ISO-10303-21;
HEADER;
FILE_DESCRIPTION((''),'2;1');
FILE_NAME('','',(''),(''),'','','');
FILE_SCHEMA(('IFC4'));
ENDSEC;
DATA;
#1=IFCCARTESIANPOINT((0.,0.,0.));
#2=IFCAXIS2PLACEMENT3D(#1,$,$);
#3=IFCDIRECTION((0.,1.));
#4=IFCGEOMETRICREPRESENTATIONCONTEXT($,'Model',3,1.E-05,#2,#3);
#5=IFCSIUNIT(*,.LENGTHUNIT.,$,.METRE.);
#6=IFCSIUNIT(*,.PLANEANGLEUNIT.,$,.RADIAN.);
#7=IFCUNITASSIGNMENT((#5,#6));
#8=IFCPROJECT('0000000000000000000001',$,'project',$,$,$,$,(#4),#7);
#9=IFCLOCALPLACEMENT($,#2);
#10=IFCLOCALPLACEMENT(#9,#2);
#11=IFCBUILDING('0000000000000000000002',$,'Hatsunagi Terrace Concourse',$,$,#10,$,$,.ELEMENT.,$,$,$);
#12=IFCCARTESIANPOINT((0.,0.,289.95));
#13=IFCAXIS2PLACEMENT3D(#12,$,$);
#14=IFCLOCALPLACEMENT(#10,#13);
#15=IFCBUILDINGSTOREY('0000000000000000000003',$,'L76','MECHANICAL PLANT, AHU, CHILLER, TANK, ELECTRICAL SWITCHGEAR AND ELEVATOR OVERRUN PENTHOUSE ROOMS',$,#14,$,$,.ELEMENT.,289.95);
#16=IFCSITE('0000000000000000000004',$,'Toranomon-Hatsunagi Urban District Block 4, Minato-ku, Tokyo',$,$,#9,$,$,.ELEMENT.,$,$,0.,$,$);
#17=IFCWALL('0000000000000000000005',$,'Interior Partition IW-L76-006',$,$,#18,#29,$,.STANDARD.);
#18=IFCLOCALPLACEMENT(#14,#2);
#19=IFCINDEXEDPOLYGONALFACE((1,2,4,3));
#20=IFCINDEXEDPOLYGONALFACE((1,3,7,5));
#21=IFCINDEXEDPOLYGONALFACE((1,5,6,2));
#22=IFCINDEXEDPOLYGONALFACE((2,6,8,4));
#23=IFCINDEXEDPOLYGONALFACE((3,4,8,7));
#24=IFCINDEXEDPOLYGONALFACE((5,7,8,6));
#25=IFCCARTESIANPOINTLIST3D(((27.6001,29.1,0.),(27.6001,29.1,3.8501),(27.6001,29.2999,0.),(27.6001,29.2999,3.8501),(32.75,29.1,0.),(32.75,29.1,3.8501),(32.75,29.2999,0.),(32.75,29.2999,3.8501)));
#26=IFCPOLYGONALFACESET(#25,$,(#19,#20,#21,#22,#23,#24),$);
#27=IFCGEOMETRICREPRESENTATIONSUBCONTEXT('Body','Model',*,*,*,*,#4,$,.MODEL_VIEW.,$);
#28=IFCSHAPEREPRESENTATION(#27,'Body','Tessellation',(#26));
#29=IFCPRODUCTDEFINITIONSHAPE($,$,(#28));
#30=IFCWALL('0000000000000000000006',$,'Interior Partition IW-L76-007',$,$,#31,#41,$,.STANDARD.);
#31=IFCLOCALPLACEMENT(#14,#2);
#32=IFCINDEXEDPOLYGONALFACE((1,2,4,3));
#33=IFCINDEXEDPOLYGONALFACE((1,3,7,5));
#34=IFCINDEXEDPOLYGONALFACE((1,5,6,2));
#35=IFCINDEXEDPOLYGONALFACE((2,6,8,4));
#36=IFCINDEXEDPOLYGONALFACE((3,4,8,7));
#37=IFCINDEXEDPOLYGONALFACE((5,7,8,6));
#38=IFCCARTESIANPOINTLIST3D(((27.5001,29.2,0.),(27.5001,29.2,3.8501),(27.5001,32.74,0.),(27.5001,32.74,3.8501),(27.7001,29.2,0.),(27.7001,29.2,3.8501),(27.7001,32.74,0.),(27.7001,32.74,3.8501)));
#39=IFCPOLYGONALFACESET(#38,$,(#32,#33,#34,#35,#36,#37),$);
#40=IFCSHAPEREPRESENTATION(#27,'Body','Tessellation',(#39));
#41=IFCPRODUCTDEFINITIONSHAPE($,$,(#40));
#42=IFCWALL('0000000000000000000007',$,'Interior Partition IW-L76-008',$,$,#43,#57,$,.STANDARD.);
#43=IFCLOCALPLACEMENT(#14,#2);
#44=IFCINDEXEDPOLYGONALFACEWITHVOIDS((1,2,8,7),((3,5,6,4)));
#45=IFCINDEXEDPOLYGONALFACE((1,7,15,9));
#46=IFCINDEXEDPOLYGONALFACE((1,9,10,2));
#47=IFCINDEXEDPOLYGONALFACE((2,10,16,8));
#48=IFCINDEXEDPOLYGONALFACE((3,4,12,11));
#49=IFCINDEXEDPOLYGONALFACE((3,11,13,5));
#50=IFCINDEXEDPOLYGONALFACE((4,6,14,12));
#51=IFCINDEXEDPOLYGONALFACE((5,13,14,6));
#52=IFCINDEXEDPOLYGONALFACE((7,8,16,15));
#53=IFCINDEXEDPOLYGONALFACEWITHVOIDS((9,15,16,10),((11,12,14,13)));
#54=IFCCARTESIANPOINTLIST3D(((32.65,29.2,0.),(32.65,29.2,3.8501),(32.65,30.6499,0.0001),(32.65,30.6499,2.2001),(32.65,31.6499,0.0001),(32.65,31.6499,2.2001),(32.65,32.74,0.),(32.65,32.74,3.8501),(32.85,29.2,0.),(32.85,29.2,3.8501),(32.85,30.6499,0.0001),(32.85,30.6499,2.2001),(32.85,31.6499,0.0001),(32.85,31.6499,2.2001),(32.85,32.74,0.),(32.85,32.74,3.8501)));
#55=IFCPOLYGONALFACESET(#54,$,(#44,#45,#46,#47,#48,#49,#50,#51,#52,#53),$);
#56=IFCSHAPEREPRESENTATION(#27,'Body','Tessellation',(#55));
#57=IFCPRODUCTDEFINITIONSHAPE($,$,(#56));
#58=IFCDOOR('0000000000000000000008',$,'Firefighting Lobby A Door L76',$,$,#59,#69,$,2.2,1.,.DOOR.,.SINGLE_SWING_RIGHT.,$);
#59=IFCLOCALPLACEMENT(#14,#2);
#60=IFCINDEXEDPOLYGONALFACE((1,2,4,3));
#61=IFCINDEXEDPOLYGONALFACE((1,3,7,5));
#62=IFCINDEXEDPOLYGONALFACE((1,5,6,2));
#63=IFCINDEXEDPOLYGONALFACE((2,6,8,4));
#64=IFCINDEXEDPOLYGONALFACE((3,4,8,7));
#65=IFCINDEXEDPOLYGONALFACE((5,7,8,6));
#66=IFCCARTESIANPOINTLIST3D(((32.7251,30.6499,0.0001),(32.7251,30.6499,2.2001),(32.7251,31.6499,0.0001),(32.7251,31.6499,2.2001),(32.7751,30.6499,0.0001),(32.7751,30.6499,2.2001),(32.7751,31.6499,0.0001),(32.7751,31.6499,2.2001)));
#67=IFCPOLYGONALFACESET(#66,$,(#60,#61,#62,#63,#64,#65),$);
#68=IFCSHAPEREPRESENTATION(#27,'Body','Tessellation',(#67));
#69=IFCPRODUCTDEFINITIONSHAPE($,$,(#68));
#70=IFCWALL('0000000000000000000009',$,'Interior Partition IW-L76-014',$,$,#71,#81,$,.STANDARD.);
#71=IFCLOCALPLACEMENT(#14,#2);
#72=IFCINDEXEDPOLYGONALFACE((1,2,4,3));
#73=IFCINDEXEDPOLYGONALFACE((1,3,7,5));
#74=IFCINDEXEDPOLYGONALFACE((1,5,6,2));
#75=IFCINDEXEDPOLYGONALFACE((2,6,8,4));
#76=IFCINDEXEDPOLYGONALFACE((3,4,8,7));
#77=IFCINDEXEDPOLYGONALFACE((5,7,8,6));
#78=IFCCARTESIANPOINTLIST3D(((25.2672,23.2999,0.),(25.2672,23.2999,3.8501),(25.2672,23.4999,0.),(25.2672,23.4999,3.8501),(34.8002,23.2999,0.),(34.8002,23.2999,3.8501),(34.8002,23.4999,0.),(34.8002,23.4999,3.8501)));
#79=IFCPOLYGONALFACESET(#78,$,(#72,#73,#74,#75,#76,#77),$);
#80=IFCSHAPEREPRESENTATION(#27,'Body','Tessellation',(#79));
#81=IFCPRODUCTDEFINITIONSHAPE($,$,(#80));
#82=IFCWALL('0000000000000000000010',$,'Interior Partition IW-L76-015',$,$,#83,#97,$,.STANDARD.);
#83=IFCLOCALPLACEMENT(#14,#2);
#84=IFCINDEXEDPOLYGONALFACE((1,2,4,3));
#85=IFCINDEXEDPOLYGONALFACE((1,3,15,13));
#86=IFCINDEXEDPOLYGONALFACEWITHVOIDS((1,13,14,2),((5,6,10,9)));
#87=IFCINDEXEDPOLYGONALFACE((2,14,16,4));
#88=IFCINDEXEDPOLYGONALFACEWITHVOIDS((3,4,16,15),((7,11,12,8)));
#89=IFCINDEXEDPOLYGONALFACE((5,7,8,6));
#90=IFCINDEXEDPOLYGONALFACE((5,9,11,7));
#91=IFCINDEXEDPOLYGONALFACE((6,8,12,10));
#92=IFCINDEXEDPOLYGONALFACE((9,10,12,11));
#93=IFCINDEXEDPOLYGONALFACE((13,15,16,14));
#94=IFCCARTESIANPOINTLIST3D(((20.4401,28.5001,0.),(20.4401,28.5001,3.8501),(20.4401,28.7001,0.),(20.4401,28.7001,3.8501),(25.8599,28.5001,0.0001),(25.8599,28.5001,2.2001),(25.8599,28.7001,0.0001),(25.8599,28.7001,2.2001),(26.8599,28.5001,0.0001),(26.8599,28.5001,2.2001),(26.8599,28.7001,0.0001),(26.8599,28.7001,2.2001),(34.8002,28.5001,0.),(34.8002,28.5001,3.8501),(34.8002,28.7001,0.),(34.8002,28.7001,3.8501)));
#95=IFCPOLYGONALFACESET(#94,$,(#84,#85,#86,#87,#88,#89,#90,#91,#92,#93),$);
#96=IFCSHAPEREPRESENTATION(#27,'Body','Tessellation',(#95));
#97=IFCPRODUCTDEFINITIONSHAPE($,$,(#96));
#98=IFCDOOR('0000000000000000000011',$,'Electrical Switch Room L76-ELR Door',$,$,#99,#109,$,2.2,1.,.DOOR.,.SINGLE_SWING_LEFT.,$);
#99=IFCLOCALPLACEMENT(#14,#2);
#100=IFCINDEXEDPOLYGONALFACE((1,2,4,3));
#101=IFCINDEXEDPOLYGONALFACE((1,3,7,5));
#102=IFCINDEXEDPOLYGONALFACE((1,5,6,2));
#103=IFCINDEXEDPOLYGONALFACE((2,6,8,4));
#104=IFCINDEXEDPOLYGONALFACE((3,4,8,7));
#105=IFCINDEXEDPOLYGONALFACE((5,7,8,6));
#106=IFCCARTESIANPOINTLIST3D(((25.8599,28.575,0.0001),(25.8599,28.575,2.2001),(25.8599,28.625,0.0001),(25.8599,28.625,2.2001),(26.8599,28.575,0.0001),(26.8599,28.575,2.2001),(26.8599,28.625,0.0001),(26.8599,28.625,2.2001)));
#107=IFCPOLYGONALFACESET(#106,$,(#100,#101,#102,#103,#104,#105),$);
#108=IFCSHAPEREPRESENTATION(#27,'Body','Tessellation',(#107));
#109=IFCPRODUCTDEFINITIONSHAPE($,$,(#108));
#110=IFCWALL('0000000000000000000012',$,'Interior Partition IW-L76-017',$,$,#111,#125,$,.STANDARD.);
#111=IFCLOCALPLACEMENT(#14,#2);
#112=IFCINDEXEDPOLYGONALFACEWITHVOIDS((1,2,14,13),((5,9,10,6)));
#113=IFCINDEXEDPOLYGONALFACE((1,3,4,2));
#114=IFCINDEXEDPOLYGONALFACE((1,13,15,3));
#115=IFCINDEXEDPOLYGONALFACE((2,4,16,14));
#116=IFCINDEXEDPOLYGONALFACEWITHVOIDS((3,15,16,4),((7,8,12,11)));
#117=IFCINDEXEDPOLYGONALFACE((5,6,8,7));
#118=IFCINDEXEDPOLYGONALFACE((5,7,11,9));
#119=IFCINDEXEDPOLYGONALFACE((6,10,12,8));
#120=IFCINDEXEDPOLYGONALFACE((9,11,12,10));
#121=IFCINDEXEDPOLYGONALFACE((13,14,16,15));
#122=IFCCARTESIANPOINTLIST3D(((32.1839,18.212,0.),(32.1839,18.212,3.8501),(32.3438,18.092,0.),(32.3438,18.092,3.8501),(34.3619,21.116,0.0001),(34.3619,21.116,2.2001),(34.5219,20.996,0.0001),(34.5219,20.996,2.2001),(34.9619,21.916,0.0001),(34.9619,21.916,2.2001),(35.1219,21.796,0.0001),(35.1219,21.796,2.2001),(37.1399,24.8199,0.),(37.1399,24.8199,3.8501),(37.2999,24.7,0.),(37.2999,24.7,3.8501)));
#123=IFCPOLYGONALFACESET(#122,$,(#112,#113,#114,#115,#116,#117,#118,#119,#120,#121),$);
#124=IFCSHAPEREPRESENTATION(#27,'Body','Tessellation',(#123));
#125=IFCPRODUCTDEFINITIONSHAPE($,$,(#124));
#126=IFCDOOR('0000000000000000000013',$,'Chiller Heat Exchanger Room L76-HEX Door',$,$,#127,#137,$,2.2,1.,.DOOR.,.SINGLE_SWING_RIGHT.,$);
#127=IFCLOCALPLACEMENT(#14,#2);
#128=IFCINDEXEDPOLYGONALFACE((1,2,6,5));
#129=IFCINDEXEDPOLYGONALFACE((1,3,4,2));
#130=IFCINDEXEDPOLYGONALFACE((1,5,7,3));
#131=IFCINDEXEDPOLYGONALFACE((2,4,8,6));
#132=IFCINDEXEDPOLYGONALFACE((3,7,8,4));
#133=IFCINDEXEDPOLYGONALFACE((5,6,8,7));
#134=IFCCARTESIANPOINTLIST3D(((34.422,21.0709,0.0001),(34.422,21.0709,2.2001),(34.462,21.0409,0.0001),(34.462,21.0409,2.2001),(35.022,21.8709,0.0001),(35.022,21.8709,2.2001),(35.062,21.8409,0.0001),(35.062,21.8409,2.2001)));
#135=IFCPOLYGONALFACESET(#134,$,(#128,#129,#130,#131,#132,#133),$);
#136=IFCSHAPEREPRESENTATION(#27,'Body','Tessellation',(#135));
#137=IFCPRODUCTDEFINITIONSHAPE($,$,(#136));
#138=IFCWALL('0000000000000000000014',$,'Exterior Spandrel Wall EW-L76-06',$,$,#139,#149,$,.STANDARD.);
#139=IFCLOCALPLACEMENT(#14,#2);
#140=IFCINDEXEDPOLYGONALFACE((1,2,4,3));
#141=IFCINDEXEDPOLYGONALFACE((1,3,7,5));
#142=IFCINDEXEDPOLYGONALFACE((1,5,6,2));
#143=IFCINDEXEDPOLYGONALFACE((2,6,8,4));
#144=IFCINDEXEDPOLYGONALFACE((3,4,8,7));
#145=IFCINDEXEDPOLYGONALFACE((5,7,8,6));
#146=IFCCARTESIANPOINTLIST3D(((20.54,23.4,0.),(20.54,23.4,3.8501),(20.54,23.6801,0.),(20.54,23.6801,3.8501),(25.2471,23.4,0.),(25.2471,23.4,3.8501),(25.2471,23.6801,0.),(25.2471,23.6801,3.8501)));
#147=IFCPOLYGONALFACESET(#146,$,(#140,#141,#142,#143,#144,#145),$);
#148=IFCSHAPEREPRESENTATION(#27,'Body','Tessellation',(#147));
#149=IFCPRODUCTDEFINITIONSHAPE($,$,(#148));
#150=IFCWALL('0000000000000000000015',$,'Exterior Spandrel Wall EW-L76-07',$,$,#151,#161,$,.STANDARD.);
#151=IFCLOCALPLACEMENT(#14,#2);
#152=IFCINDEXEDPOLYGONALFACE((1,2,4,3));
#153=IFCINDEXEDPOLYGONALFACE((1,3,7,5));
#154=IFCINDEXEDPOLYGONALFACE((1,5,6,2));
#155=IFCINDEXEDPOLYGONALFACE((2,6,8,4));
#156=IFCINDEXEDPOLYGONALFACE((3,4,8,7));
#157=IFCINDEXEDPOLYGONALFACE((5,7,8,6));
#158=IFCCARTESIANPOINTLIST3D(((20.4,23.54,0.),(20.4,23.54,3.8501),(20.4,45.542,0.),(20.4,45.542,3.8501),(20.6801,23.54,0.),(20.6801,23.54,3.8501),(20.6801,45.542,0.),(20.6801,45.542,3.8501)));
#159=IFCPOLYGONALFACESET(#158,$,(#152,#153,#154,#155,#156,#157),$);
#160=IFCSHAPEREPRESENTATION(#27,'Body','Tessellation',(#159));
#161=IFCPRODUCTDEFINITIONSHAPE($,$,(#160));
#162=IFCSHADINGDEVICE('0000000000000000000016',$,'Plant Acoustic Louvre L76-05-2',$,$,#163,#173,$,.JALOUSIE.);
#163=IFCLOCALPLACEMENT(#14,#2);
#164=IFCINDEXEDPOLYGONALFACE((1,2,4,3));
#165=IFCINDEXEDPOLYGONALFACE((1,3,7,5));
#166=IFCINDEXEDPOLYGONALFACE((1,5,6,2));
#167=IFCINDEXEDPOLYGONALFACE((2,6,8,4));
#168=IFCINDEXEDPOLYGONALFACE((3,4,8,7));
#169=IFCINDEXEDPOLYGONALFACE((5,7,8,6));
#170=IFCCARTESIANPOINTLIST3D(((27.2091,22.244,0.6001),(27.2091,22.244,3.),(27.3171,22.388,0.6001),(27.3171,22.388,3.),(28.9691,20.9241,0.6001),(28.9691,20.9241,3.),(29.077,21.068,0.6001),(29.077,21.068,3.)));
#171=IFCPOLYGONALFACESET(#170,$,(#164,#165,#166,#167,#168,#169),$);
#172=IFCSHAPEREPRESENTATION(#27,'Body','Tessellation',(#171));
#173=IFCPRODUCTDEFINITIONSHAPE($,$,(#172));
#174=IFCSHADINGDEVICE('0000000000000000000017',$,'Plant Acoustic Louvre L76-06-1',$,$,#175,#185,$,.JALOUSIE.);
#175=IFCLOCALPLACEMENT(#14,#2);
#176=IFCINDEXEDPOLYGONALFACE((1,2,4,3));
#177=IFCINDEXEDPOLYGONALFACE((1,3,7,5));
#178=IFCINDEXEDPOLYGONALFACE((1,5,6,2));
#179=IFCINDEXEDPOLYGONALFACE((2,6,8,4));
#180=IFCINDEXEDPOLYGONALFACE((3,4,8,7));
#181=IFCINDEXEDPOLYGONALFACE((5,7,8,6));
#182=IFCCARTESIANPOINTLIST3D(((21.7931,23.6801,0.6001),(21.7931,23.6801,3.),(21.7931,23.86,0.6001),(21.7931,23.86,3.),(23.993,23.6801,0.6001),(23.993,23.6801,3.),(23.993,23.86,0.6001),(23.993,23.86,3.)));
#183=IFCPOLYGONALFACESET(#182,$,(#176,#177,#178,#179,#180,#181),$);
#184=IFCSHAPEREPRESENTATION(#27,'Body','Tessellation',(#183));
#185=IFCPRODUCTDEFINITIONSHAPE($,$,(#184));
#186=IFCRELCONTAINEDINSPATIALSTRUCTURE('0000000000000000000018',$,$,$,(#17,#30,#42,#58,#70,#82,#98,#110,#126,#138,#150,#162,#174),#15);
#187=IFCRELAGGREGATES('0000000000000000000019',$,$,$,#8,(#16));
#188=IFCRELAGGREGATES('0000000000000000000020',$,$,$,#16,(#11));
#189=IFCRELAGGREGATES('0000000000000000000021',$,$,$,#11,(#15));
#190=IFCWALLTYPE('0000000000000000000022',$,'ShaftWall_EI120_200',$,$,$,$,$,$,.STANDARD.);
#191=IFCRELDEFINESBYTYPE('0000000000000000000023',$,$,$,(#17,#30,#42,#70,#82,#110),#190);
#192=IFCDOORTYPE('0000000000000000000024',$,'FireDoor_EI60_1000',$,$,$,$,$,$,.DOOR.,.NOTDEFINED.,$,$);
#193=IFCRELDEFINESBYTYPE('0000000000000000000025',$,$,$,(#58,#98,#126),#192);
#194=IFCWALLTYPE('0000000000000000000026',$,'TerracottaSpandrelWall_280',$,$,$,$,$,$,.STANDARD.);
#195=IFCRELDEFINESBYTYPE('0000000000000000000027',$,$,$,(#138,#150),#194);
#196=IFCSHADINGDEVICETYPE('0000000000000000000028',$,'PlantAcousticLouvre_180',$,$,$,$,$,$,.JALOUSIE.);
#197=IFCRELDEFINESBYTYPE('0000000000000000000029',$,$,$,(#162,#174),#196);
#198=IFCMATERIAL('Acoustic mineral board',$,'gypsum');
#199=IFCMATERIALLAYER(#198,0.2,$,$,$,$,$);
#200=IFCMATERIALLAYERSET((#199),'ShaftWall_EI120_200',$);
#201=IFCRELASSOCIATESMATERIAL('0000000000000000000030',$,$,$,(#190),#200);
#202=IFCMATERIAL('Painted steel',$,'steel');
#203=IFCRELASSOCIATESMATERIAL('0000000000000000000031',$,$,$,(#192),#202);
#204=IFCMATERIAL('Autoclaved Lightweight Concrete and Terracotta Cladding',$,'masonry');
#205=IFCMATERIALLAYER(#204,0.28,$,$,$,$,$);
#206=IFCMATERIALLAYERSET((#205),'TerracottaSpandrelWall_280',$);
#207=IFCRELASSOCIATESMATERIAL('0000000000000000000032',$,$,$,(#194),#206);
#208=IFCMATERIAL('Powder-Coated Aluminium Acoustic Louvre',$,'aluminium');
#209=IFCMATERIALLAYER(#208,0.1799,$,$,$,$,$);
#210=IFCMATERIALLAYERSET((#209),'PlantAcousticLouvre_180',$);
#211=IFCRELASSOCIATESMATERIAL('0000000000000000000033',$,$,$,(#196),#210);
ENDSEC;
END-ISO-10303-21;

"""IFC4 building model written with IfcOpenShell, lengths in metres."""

from ifc_helpers import new_model, si_unit, direction, frame, frame_2d, origin, origin_2d, place, context, subcontext, project, spatial, rectangle, extrude, material, layer, layer_set, type_object, element, fill, save


model = new_model("IFC4")

# Units and contexts
model_context = context("Model", 3, precision=1e-05, world=origin(), true_north=direction((0.0, 1.0)))
body_context = subcontext(model_context, "Body", "Model", "MODEL_VIEW")
ifc_project = project(units=[si_unit("LENGTHUNIT", "METRE"), si_unit("PLANEANGLEUNIT", "RADIAN")], contexts=[model_context])

# Site, building, storey
site_placement = place(None, origin())
site = spatial("IfcSite", under=ifc_project, at=site_placement, Name="Toranomon-Hatsunagi Urban District Block 4, Minato-ku, Tokyo", CompositionType="ELEMENT", RefElevation=0.0)
building_placement = place(site_placement, origin())
building = spatial("IfcBuilding", under=site, at=building_placement, Name="Hatsunagi Terrace Concourse", CompositionType="ELEMENT")
storey_placement = place(building_placement, frame((0.0, 0.0, 289.95)))
storey = spatial("IfcBuildingStorey", under=building, at=storey_placement, Name="L76", Description="MECHANICAL PLANT, AHU, CHILLER, TANK, ELECTRICAL SWITCHGEAR AND ELEVATOR OVERRUN PENTHOUSE ROOMS", CompositionType="ELEMENT", Elevation=289.95)

# Walls
ifc_material_1 = material(Name="Acoustic mineral board", Category="gypsum")
ifc_layer_1 = layer(ifc_material_1, 0.2)
ifc_layer_set_1 = layer_set([ifc_layer_1], Name="ShaftWall_EI120_200")
wall_type_1 = type_object("IfcWallType", Name="ShaftWall_EI120_200", PredefinedType="STANDARD", material=ifc_layer_set_1)
wall_1_placement = place(storey_placement, frame((27.6001, 29.2, 0.0), z_axis=(0.0, 0.0, 1.0), x_axis=(1.0, 0.0, 0.0)))
element("IfcWall", 1, at=wall_1_placement, inside=storey, type_object=wall_type_1, Name="Interior Partition IW-L76-006", PredefinedType="STANDARD", context=body_context, shape_type="SweptSolid", body=[
    extrude(rectangle(XDim=5.1499, YDim=0.2, at=frame_2d((2.575, 0.0))), origin(), (0.0, 0.0, 1.0), 3.8501),
])
wall_2_placement = place(storey_placement, frame((27.6001, 29.2, 0.0), z_axis=(0.0, 0.0, 1.0), x_axis=(0.0, 1.0, 0.0)))
element("IfcWall", 2, at=wall_2_placement, inside=storey, type_object=wall_type_1, Name="Interior Partition IW-L76-007", PredefinedType="STANDARD", context=body_context, shape_type="SweptSolid", body=[
    extrude(rectangle(XDim=3.54, YDim=0.2, at=frame_2d((1.77, 0.0))), origin(), (0.0, 0.0, 1.0), 3.8501),
])

# Wall, opening, door
wall_3_placement = place(storey_placement, frame((32.75, 29.2, 0.0), z_axis=(0.0, 0.0, 1.0), x_axis=(0.0, 1.0, 0.0)))
wall_3 = element("IfcWall", 3, at=wall_3_placement, inside=storey, type_object=wall_type_1, Name="Interior Partition IW-L76-008", PredefinedType="STANDARD", context=body_context, shape_type="SweptSolid", body=[
    extrude(rectangle(XDim=3.54, YDim=0.2, at=frame_2d((1.77, 0.0))), origin(), (0.0, 0.0, 1.0), 3.8501),
])
opening_1_placement = place(wall_3_placement, frame((1.45, 0.0, 0.0)))
opening_1 = element("IfcOpeningElement", 4, at=opening_1_placement, cuts=wall_3, PredefinedType="OPENING", context=body_context, shape_type="SweptSolid", body=[
    extrude(rectangle(XDim=1.0, YDim=2.2, at=frame_2d((0.5, 1.1001))), frame((0.0, 0.1099, 0.0), z_axis=(0.0, -1.0, 0.0), x_axis=(1.0, 0.0, 0.0)), (0.0, 0.0, 1.0), 0.22),
])
ifc_material_2 = material(Name="Painted steel", Category="steel")
door_type_1 = type_object("IfcDoorType", Name="FireDoor_EI60_1000", OperationType="NOTDEFINED", PredefinedType="DOOR", material=ifc_material_2)
door_1_placement = place(opening_1_placement, origin())
door_1 = element("IfcDoor", 5, at=door_1_placement, inside=storey, type_object=door_type_1, Name="Firefighting Lobby A Door L76", OperationType="SINGLE_SWING_RIGHT", OverallHeight=2.2, OverallWidth=1.0, PredefinedType="DOOR", context=body_context, shape_type="SweptSolid", body=[
    extrude(rectangle(XDim=1.0, YDim=2.2, at=frame_2d((0.5, 1.1001))), frame((0.0, 0.0249, 0.0), z_axis=(0.0, -1.0, 0.0), x_axis=(1.0, 0.0, 0.0)), (0.0, 0.0, 1.0), 0.05),
])
fill(opening_1, door_1)

# Wall
wall_4_placement = place(storey_placement, frame((25.2671, 23.3999, 0.0), z_axis=(0.0, 0.0, 1.0), x_axis=(1.0, 0.0, 0.0)))
element("IfcWall", 6, at=wall_4_placement, inside=storey, type_object=wall_type_1, Name="Interior Partition IW-L76-014", PredefinedType="STANDARD", context=body_context, shape_type="SweptSolid", body=[
    extrude(rectangle(XDim=9.533, YDim=0.2, at=frame_2d((4.7666, 0.0))), origin(), (0.0, 0.0, 1.0), 3.8501),
])

# Walls, openings, doors
wall_5_placement = place(storey_placement, frame((20.4399, 28.6001, 0.0), z_axis=(0.0, 0.0, 1.0), x_axis=(1.0, 0.0, 0.0)))
wall_5 = element("IfcWall", 7, at=wall_5_placement, inside=storey, type_object=wall_type_1, Name="Interior Partition IW-L76-015", PredefinedType="STANDARD", context=body_context, shape_type="SweptSolid", body=[
    extrude(rectangle(XDim=14.3601, YDim=0.2, at=frame_2d((7.1802, 0.0))), origin(), (0.0, 0.0, 1.0), 3.8501),
])
opening_2_placement = place(wall_5_placement, frame((5.4199, 0.0, 0.0)))
opening_2 = element("IfcOpeningElement", 8, at=opening_2_placement, cuts=wall_5, PredefinedType="OPENING", context=body_context, shape_type="SweptSolid", body=[
    extrude(rectangle(XDim=1.0, YDim=2.2, at=frame_2d((0.5, 1.1001))), frame((0.0, 0.1099, 0.0), z_axis=(0.0, -1.0, 0.0), x_axis=(1.0, 0.0, 0.0)), (0.0, 0.0, 1.0), 0.22),
])
door_2_placement = place(opening_2_placement, origin())
door_2 = element("IfcDoor", 9, at=door_2_placement, inside=storey, type_object=door_type_1, Name="Electrical Switch Room L76-ELR Door", OperationType="SINGLE_SWING_LEFT", OverallHeight=2.2, OverallWidth=1.0, PredefinedType="DOOR", context=body_context, shape_type="SweptSolid", body=[
    extrude(rectangle(XDim=1.0, YDim=2.2, at=frame_2d((0.5, 1.1001))), frame((0.0, 0.0249, 0.0), z_axis=(0.0, -1.0, 0.0), x_axis=(1.0, 0.0, 0.0)), (0.0, 0.0, 1.0), 0.05),
])
fill(opening_2, door_2)
wall_6_placement = place(storey_placement, frame((32.2639, 18.1521, 0.0), z_axis=(0.0, 0.0, 1.0), x_axis=(0.600009, 0.799993, 0.0)))
wall_6 = element("IfcWall", 10, at=wall_6_placement, inside=storey, type_object=wall_type_1, Name="Interior Partition IW-L76-017", PredefinedType="STANDARD", context=body_context, shape_type="SweptSolid", body=[
    extrude(rectangle(XDim=8.26, YDim=0.2, at=frame_2d((4.1299, 0.0))), origin(), (0.0, 0.0, 1.0), 3.8501),
])
opening_3_placement = place(wall_6_placement, frame((3.6299, 0.0, 0.0)))
opening_3 = element("IfcOpeningElement", 11, at=opening_3_placement, cuts=wall_6, PredefinedType="OPENING", context=body_context, shape_type="SweptSolid", body=[
    extrude(rectangle(XDim=1.0, YDim=2.2, at=frame_2d((0.5, 1.1001))), frame((0.0, 0.1099, 0.0), z_axis=(0.0, -1.0, 0.0), x_axis=(1.0, 0.0, 0.0)), (0.0, 0.0, 1.0), 0.22),
])
door_3_placement = place(opening_3_placement, origin())
door_3 = element("IfcDoor", 12, at=door_3_placement, inside=storey, type_object=door_type_1, Name="Chiller Heat Exchanger Room L76-HEX Door", OperationType="SINGLE_SWING_RIGHT", OverallHeight=2.2, OverallWidth=1.0, PredefinedType="DOOR", context=body_context, shape_type="SweptSolid", body=[
    extrude(rectangle(XDim=1.0, YDim=2.2, at=frame_2d((0.5, 1.1001))), frame((0.0, 0.0249, 0.0), z_axis=(0.0, -1.0, 0.0), x_axis=(1.0, 0.0, 0.0)), (0.0, 0.0, 1.0), 0.05),
])
fill(opening_3, door_3)

# Walls
ifc_material_3 = material(Name="Autoclaved Lightweight Concrete and Terracotta Cladding", Category="masonry")
ifc_layer_2 = layer(ifc_material_3, 0.28)
ifc_layer_set_2 = layer_set([ifc_layer_2], Name="TerracottaSpandrelWall_280")
wall_type_2 = type_object("IfcWallType", Name="TerracottaSpandrelWall_280", PredefinedType="STANDARD", material=ifc_layer_set_2)
wall_7_placement = place(storey_placement, frame((25.2471, 23.54, 0.0), z_axis=(0.0, 0.0, 1.0), x_axis=(-1.0, 0.0, 0.0)))
element("IfcWall", 13, at=wall_7_placement, inside=storey, type_object=wall_type_2, Name="Exterior Spandrel Wall EW-L76-06", PredefinedType="STANDARD", context=body_context, shape_type="SweptSolid", body=[
    extrude(rectangle(XDim=4.707, YDim=0.28, at=frame_2d((2.3535, 0.0))), origin(), (0.0, 0.0, 1.0), 3.8501),
])
wall_8_placement = place(storey_placement, frame((20.54, 23.54, 0.0), z_axis=(0.0, 0.0, 1.0), x_axis=(0.0, 1.0, 0.0)))
element("IfcWall", 14, at=wall_8_placement, inside=storey, type_object=wall_type_2, Name="Exterior Spandrel Wall EW-L76-07", PredefinedType="STANDARD", context=body_context, shape_type="SweptSolid", body=[
    extrude(rectangle(XDim=22.002, YDim=0.28, at=frame_2d((11.001, 0.0))), origin(), (0.0, 0.0, 1.0), 3.8501),
])

# Shading devices
ifc_material_4 = material(Name="Powder-Coated Aluminium Acoustic Louvre", Category="aluminium")
ifc_layer_3 = layer(ifc_material_4, 0.1799)
ifc_layer_set_3 = layer_set([ifc_layer_3], Name="PlantAcousticLouvre_180")
shading_device_type = type_object("IfcShadingDeviceType", Name="PlantAcousticLouvre_180", PredefinedType="JALOUSIE", material=ifc_layer_set_3)
for number, where, z_axis, x_axis, name in (
    (15, (28.1431, 21.656, 0.6001), (0.0, 0.0, 1.0), (-0.800008, 0.599989, 0.0), "Plant Acoustic Louvre L76-05-2"),
    (16, (22.8931, 23.77, 0.6001), (0.0, 0.0, 1.0), (-1.0, 0.0, 0.0), "Plant Acoustic Louvre L76-06-1"),
):
    element("IfcShadingDevice", number, at=place(storey_placement, frame(where, z_axis=z_axis, x_axis=x_axis)), inside=storey, type_object=shading_device_type, Name=name, PredefinedType="JALOUSIE", context=body_context, shape_type="SweptSolid", body=[
        extrude(rectangle(XDim=2.2, YDim=0.1799, at=origin_2d()), origin(), (0.0, 0.0, 1.0), 2.3999),
    ])

save(model, "model.ifc")
